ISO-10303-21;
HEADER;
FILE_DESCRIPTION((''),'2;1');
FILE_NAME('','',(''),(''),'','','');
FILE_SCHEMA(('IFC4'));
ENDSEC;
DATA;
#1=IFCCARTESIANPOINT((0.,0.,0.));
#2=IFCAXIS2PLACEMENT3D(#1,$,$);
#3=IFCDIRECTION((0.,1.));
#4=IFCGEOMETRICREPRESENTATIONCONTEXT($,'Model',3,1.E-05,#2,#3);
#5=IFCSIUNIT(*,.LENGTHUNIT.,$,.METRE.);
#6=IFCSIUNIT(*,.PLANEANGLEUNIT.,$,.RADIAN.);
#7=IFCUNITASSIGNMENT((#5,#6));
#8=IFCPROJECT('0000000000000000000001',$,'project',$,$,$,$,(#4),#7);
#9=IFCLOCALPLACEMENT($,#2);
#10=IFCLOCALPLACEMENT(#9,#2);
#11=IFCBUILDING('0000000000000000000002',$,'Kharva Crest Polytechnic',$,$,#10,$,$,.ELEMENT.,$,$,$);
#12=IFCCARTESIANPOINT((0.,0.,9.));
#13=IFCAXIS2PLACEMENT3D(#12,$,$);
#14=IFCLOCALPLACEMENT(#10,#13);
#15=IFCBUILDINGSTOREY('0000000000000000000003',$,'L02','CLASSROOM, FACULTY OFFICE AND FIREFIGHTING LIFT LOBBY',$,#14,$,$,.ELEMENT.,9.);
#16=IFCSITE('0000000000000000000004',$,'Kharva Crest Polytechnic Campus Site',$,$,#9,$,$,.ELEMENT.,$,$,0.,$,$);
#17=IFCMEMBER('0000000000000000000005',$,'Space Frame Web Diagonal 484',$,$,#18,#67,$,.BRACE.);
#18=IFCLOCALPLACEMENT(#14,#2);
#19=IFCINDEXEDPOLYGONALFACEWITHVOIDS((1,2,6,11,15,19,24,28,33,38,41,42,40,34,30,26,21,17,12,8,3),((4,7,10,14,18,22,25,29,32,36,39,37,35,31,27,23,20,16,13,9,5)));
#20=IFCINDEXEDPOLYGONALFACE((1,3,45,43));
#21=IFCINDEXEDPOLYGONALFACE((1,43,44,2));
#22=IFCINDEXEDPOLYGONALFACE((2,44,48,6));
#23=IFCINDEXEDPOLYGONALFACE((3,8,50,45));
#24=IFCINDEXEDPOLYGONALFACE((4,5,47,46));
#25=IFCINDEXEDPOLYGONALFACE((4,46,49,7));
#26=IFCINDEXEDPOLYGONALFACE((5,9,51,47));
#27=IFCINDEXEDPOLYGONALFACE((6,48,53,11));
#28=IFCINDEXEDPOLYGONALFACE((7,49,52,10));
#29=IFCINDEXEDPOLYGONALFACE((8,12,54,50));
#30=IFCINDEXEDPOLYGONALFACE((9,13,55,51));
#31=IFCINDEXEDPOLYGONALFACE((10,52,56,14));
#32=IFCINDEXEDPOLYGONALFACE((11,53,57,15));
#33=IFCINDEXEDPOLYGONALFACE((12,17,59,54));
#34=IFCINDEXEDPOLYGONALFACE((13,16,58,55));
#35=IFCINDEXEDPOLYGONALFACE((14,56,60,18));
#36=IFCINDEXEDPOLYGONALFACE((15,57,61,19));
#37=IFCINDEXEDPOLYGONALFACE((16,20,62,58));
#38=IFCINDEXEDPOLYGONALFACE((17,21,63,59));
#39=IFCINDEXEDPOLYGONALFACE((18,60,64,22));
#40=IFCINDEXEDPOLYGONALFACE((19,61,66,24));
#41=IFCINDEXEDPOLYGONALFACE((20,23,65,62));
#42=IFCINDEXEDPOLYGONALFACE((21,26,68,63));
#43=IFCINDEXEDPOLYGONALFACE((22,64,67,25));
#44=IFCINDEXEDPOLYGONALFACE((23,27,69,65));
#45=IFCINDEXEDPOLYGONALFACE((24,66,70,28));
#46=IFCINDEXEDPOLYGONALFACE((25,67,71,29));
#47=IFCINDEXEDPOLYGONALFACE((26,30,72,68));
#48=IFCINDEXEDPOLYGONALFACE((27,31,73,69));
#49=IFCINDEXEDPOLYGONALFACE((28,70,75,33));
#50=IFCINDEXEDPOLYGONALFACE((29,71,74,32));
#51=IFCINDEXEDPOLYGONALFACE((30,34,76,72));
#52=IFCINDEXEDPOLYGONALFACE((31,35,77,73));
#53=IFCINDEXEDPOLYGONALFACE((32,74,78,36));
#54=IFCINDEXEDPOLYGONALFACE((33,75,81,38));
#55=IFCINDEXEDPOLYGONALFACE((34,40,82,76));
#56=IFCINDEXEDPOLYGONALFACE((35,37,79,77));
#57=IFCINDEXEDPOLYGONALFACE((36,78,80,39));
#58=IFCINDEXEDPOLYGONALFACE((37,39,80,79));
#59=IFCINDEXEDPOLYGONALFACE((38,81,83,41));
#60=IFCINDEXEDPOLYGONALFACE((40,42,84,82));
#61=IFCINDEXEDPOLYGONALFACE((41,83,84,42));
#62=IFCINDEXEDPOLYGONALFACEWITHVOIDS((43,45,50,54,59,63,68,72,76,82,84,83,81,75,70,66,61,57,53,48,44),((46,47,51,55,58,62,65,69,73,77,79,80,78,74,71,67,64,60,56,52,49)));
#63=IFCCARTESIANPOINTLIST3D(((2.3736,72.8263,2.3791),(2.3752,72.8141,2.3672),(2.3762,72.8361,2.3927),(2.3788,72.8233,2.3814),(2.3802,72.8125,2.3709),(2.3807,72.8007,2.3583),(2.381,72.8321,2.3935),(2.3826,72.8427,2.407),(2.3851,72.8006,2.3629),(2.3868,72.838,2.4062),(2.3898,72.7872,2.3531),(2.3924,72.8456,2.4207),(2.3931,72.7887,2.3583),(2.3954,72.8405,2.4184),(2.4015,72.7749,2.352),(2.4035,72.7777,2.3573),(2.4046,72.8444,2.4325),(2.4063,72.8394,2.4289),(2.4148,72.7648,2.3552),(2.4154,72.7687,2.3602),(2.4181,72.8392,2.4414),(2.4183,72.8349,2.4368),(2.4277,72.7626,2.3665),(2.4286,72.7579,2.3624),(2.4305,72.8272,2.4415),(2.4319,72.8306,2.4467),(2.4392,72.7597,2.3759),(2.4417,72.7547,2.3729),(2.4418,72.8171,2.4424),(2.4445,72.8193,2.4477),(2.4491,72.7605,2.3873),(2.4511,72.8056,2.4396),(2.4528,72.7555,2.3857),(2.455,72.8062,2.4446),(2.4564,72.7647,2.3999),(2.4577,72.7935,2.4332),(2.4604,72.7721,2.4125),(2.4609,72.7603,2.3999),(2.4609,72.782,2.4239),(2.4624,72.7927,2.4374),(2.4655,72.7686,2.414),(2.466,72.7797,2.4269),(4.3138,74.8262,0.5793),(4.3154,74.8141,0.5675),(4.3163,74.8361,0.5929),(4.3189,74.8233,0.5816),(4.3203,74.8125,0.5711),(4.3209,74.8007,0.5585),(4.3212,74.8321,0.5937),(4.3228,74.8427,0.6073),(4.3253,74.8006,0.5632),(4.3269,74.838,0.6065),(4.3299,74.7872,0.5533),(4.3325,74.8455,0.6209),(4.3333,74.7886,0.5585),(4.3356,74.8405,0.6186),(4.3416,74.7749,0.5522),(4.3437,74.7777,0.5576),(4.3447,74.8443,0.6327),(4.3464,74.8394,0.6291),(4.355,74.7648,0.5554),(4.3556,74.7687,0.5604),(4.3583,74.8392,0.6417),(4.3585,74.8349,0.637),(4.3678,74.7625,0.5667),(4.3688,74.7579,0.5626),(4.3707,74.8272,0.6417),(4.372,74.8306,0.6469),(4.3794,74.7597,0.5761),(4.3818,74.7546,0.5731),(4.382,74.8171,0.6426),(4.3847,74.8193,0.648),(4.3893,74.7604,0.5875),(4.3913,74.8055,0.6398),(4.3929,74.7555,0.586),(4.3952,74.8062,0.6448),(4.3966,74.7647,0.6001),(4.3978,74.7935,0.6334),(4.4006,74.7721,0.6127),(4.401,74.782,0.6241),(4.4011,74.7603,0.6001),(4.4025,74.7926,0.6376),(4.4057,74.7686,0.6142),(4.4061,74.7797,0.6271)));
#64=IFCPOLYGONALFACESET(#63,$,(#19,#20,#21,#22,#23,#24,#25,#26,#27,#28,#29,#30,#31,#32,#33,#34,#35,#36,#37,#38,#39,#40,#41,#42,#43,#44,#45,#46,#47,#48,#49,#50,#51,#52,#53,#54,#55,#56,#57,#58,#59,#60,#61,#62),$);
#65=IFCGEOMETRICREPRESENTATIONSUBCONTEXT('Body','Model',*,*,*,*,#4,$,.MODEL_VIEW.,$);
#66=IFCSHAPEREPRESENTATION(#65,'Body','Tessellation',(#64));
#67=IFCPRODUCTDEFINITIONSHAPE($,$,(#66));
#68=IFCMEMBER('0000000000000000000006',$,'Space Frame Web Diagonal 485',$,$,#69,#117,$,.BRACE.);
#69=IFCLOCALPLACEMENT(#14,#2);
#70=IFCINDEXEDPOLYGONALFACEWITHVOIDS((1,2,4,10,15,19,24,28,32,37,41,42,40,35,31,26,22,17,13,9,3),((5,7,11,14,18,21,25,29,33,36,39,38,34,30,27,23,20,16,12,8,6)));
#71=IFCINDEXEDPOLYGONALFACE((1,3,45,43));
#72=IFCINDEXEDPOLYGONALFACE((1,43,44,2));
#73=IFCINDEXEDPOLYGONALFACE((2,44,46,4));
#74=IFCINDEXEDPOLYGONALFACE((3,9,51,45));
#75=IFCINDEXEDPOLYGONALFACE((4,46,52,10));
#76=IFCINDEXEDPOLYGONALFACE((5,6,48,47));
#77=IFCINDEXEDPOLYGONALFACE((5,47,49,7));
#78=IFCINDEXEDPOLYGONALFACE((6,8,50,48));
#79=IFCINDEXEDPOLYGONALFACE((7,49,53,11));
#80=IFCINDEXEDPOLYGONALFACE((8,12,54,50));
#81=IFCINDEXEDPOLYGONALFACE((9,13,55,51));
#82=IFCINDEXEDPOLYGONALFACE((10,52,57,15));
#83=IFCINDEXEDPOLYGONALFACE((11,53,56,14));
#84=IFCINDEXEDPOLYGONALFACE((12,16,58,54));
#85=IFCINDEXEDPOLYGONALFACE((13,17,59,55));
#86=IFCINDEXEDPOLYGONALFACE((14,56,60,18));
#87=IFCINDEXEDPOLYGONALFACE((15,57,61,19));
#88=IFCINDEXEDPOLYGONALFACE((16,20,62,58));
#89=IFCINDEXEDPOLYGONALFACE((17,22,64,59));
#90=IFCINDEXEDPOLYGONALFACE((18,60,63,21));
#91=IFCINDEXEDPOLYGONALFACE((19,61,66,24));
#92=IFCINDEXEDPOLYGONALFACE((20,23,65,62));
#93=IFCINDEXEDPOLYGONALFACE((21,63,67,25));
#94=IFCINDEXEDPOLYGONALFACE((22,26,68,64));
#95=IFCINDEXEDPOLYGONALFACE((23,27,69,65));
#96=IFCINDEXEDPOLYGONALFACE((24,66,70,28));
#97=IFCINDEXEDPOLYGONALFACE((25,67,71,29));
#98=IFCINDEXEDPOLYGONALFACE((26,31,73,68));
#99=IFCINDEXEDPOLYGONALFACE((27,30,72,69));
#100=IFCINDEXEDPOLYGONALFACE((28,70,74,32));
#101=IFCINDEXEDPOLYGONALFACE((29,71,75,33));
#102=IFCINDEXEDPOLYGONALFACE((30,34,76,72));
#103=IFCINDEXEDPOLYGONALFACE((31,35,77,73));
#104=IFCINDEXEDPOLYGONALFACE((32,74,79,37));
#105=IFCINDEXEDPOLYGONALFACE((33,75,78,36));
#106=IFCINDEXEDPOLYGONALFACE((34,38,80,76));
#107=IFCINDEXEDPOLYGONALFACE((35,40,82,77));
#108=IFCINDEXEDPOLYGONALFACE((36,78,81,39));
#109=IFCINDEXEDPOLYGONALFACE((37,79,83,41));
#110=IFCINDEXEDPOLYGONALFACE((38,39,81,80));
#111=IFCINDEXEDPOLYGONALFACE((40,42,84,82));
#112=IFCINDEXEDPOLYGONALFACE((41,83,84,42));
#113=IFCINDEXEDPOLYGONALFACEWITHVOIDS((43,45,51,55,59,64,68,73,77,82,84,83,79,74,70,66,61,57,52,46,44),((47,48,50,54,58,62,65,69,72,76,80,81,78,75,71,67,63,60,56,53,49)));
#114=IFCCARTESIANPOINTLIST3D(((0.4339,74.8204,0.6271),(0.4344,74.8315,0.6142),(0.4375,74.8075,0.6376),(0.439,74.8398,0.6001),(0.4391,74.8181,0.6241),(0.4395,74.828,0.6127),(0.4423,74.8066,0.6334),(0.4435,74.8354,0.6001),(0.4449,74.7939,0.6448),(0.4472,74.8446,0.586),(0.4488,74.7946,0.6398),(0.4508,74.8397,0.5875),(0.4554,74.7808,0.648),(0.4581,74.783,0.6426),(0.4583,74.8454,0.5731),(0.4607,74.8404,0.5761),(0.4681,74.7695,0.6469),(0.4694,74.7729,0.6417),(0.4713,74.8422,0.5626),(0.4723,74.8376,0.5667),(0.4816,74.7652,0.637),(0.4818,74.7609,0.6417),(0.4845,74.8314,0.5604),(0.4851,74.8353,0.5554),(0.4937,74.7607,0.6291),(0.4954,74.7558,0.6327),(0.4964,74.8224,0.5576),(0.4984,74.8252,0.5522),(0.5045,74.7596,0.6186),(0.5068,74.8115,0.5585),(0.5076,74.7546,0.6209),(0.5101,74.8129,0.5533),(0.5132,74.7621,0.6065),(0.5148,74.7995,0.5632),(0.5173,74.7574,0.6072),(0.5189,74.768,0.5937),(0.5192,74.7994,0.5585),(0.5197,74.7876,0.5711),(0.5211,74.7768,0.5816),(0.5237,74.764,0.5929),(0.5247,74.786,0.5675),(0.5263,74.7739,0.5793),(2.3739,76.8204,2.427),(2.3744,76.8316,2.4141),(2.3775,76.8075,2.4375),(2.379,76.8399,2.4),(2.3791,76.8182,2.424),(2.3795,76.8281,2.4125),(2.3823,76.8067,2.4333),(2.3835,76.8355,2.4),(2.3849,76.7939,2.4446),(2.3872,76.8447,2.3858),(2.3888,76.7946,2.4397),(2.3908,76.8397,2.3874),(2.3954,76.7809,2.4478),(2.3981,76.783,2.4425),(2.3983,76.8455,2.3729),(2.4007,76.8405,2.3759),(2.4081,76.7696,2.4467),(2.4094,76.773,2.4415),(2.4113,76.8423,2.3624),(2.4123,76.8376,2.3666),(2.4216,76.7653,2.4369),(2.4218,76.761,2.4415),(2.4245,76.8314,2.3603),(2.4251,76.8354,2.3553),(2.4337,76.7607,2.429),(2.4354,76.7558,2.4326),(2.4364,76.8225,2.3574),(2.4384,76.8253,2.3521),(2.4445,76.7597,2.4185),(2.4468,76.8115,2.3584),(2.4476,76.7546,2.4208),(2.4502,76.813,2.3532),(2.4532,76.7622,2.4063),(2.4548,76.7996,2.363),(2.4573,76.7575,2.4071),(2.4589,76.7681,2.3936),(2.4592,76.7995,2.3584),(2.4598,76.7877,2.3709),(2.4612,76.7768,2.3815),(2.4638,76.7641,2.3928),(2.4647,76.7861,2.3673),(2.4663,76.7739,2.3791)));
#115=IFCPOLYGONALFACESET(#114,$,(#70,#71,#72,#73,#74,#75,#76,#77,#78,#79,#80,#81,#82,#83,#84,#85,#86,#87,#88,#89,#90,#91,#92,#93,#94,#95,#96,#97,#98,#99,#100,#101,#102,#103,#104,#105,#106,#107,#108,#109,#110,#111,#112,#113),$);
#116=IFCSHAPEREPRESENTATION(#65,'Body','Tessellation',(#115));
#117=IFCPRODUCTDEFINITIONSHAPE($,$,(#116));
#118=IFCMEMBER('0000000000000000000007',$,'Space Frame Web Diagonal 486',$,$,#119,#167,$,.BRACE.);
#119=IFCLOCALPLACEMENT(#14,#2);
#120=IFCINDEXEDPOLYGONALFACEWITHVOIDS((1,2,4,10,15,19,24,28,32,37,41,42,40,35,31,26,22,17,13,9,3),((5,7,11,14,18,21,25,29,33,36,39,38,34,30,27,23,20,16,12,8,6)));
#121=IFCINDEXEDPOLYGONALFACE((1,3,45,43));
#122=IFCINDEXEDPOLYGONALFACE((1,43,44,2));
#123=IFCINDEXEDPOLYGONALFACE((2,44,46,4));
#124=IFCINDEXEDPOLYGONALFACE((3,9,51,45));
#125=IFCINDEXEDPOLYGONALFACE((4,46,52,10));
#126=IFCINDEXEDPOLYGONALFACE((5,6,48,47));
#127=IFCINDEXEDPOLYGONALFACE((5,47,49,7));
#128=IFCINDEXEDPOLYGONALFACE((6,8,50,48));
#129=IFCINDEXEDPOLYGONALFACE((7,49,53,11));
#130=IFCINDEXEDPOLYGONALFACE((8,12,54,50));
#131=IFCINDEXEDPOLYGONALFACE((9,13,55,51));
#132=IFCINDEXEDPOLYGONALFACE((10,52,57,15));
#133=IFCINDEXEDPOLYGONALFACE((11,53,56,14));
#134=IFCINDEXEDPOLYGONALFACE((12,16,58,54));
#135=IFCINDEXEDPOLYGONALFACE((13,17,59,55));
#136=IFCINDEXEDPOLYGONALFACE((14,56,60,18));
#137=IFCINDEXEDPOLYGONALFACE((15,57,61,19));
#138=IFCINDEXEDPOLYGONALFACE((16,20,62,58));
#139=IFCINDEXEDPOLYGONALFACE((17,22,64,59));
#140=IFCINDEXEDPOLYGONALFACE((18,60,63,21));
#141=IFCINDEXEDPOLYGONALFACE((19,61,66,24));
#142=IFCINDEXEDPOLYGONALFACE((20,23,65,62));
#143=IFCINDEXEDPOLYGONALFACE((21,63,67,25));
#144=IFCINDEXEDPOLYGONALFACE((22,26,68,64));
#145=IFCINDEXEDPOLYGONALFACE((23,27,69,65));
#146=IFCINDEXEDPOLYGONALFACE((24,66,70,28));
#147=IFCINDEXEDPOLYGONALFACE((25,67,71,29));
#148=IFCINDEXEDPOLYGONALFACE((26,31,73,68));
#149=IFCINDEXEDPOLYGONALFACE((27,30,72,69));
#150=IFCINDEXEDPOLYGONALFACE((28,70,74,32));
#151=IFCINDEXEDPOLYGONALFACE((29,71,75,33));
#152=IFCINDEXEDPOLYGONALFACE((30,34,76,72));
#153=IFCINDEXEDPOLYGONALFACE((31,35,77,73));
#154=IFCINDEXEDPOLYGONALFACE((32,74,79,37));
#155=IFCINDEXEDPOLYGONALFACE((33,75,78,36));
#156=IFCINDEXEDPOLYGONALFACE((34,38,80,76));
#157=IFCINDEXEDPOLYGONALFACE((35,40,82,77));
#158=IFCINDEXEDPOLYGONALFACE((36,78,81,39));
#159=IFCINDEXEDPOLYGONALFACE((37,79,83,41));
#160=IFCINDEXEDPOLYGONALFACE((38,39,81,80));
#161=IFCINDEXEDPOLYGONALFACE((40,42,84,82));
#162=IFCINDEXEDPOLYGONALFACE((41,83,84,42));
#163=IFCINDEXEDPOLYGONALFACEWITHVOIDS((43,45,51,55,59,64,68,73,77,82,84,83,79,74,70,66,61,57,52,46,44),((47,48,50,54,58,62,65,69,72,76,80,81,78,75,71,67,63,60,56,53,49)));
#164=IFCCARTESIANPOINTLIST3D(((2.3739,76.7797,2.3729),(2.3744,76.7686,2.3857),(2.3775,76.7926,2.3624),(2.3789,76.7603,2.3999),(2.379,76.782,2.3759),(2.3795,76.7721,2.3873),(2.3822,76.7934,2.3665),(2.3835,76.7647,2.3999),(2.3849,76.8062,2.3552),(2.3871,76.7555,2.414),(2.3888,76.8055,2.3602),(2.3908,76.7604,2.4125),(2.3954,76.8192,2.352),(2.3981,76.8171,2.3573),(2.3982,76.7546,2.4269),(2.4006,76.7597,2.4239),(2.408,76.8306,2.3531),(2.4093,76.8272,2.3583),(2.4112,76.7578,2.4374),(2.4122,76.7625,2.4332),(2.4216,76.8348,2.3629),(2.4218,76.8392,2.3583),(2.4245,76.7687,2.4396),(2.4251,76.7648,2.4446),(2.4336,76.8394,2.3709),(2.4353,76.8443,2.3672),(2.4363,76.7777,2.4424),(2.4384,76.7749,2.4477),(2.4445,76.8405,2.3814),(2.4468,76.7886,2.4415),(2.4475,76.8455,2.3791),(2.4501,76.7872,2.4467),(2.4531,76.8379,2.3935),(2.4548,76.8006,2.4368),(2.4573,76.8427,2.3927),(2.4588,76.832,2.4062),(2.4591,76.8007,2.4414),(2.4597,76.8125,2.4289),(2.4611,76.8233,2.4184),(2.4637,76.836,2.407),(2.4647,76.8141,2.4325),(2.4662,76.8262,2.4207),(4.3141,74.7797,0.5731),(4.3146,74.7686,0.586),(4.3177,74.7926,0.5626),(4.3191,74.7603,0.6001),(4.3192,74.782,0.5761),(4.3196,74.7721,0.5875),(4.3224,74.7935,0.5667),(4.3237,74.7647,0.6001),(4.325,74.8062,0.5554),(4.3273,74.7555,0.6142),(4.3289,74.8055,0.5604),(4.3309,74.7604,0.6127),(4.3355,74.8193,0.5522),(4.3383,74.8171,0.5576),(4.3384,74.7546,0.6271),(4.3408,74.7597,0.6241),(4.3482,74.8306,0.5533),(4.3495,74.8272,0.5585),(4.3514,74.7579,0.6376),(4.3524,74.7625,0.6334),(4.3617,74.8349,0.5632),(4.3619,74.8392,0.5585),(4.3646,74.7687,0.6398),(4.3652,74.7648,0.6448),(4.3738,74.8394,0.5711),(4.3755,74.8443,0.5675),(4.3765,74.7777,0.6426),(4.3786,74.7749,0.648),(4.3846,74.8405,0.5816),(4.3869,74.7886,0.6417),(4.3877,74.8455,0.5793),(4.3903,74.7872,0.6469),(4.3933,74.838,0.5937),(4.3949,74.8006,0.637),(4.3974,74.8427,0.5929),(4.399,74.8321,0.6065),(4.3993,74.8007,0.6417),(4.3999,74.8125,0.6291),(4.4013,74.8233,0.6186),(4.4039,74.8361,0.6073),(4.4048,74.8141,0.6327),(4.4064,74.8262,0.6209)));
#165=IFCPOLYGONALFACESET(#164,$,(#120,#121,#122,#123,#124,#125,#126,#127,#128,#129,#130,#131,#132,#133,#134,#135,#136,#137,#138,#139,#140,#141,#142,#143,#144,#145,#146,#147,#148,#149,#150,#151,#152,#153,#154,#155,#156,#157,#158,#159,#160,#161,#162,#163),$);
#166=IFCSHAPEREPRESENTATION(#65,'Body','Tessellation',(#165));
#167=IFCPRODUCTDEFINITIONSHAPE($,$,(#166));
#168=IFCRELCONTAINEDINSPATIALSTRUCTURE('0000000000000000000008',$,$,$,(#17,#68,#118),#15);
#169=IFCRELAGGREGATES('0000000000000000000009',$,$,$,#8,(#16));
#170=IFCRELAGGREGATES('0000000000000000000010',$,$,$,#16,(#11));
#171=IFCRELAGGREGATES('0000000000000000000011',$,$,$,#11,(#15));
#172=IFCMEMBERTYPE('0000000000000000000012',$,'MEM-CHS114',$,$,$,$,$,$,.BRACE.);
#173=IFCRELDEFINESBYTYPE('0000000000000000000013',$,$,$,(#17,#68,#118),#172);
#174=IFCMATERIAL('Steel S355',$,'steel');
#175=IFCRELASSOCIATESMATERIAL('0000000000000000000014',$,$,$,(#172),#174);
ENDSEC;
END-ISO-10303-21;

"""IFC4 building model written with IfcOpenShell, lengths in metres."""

from ifc_helpers import new_model, si_unit, direction, frame, origin, origin_2d, place, context, subcontext, project, spatial, hollow_circle, extrude, material, material_profile, profile_set, type_object, element, save


model = new_model("IFC4")

# Units and contexts
model_context = context("Model", 3, precision=1e-05, world=origin(), true_north=direction((0.0, 1.0)))
body_context = subcontext(model_context, "Body", "Model", "MODEL_VIEW")
ifc_project = project(units=[si_unit("LENGTHUNIT", "METRE"), si_unit("PLANEANGLEUNIT", "RADIAN")], contexts=[model_context])

# Site, building, storey
site_placement = place(None, origin())
site = spatial("IfcSite", under=ifc_project, at=site_placement, Name="Kharva Crest Polytechnic Campus Site", CompositionType="ELEMENT", RefElevation=0.0)
building_placement = place(site_placement, origin())
building = spatial("IfcBuilding", under=site, at=building_placement, Name="Kharva Crest Polytechnic", CompositionType="ELEMENT")
storey_placement = place(building_placement, frame((0.0, 0.0, 9.0)))
storey = spatial("IfcBuildingStorey", under=building, at=storey_placement, Name="L02", Description="CLASSROOM, FACULTY OFFICE AND FIREFIGHTING LIFT LOBBY", CompositionType="ELEMENT", Elevation=9.0)

# Shared definitions
ifc_material_1 = material(Name="Steel S355", Category="steel")

# Members
ifc_material_profile_1 = material_profile(ifc_material_1, hollow_circle(Radius=0.0571, WallThickness=0.0063, at=origin_2d()), Name="CHS 114.3X6.3")
ifc_profile_set_1 = profile_set([ifc_material_profile_1], Name="Steel S355")
member_type_1 = type_object("IfcMemberType", Name="MEM-CHS114", PredefinedType="BRACE", material=ifc_profile_set_1)
for number, where, z_axis, x_axis, name in (
    (1, (4.3601, 74.8, 0.6001), (-0.584892, -0.602924, 0.542572), (0.717758, -0.696292, 0.0), "Space Frame Web Diagonal 484"),
    (2, (0.48, 74.8, 0.6001), (0.584843, 0.60295, 0.542596), (-0.717802, 0.696247, 0.0), "Space Frame Web Diagonal 485"),
    (3, (4.3601, 74.8, 0.6001), (-0.584892, 0.602924, 0.542572), (-0.717758, -0.696292, 0.0), "Space Frame Web Diagonal 486"),
):
    element("IfcMember", number, at=place(storey_placement, frame(where, z_axis=z_axis, x_axis=x_axis)), inside=storey, type_object=member_type_1, Name=name, PredefinedType="BRACE", context=body_context, shape_type="SweptSolid", body=[
        extrude(hollow_circle(Radius=0.0571, WallThickness=0.0063, at=origin_2d()), origin(), (0.0, 0.0, 1.0), 3.3171),
    ])

save(model, "model.ifc")
